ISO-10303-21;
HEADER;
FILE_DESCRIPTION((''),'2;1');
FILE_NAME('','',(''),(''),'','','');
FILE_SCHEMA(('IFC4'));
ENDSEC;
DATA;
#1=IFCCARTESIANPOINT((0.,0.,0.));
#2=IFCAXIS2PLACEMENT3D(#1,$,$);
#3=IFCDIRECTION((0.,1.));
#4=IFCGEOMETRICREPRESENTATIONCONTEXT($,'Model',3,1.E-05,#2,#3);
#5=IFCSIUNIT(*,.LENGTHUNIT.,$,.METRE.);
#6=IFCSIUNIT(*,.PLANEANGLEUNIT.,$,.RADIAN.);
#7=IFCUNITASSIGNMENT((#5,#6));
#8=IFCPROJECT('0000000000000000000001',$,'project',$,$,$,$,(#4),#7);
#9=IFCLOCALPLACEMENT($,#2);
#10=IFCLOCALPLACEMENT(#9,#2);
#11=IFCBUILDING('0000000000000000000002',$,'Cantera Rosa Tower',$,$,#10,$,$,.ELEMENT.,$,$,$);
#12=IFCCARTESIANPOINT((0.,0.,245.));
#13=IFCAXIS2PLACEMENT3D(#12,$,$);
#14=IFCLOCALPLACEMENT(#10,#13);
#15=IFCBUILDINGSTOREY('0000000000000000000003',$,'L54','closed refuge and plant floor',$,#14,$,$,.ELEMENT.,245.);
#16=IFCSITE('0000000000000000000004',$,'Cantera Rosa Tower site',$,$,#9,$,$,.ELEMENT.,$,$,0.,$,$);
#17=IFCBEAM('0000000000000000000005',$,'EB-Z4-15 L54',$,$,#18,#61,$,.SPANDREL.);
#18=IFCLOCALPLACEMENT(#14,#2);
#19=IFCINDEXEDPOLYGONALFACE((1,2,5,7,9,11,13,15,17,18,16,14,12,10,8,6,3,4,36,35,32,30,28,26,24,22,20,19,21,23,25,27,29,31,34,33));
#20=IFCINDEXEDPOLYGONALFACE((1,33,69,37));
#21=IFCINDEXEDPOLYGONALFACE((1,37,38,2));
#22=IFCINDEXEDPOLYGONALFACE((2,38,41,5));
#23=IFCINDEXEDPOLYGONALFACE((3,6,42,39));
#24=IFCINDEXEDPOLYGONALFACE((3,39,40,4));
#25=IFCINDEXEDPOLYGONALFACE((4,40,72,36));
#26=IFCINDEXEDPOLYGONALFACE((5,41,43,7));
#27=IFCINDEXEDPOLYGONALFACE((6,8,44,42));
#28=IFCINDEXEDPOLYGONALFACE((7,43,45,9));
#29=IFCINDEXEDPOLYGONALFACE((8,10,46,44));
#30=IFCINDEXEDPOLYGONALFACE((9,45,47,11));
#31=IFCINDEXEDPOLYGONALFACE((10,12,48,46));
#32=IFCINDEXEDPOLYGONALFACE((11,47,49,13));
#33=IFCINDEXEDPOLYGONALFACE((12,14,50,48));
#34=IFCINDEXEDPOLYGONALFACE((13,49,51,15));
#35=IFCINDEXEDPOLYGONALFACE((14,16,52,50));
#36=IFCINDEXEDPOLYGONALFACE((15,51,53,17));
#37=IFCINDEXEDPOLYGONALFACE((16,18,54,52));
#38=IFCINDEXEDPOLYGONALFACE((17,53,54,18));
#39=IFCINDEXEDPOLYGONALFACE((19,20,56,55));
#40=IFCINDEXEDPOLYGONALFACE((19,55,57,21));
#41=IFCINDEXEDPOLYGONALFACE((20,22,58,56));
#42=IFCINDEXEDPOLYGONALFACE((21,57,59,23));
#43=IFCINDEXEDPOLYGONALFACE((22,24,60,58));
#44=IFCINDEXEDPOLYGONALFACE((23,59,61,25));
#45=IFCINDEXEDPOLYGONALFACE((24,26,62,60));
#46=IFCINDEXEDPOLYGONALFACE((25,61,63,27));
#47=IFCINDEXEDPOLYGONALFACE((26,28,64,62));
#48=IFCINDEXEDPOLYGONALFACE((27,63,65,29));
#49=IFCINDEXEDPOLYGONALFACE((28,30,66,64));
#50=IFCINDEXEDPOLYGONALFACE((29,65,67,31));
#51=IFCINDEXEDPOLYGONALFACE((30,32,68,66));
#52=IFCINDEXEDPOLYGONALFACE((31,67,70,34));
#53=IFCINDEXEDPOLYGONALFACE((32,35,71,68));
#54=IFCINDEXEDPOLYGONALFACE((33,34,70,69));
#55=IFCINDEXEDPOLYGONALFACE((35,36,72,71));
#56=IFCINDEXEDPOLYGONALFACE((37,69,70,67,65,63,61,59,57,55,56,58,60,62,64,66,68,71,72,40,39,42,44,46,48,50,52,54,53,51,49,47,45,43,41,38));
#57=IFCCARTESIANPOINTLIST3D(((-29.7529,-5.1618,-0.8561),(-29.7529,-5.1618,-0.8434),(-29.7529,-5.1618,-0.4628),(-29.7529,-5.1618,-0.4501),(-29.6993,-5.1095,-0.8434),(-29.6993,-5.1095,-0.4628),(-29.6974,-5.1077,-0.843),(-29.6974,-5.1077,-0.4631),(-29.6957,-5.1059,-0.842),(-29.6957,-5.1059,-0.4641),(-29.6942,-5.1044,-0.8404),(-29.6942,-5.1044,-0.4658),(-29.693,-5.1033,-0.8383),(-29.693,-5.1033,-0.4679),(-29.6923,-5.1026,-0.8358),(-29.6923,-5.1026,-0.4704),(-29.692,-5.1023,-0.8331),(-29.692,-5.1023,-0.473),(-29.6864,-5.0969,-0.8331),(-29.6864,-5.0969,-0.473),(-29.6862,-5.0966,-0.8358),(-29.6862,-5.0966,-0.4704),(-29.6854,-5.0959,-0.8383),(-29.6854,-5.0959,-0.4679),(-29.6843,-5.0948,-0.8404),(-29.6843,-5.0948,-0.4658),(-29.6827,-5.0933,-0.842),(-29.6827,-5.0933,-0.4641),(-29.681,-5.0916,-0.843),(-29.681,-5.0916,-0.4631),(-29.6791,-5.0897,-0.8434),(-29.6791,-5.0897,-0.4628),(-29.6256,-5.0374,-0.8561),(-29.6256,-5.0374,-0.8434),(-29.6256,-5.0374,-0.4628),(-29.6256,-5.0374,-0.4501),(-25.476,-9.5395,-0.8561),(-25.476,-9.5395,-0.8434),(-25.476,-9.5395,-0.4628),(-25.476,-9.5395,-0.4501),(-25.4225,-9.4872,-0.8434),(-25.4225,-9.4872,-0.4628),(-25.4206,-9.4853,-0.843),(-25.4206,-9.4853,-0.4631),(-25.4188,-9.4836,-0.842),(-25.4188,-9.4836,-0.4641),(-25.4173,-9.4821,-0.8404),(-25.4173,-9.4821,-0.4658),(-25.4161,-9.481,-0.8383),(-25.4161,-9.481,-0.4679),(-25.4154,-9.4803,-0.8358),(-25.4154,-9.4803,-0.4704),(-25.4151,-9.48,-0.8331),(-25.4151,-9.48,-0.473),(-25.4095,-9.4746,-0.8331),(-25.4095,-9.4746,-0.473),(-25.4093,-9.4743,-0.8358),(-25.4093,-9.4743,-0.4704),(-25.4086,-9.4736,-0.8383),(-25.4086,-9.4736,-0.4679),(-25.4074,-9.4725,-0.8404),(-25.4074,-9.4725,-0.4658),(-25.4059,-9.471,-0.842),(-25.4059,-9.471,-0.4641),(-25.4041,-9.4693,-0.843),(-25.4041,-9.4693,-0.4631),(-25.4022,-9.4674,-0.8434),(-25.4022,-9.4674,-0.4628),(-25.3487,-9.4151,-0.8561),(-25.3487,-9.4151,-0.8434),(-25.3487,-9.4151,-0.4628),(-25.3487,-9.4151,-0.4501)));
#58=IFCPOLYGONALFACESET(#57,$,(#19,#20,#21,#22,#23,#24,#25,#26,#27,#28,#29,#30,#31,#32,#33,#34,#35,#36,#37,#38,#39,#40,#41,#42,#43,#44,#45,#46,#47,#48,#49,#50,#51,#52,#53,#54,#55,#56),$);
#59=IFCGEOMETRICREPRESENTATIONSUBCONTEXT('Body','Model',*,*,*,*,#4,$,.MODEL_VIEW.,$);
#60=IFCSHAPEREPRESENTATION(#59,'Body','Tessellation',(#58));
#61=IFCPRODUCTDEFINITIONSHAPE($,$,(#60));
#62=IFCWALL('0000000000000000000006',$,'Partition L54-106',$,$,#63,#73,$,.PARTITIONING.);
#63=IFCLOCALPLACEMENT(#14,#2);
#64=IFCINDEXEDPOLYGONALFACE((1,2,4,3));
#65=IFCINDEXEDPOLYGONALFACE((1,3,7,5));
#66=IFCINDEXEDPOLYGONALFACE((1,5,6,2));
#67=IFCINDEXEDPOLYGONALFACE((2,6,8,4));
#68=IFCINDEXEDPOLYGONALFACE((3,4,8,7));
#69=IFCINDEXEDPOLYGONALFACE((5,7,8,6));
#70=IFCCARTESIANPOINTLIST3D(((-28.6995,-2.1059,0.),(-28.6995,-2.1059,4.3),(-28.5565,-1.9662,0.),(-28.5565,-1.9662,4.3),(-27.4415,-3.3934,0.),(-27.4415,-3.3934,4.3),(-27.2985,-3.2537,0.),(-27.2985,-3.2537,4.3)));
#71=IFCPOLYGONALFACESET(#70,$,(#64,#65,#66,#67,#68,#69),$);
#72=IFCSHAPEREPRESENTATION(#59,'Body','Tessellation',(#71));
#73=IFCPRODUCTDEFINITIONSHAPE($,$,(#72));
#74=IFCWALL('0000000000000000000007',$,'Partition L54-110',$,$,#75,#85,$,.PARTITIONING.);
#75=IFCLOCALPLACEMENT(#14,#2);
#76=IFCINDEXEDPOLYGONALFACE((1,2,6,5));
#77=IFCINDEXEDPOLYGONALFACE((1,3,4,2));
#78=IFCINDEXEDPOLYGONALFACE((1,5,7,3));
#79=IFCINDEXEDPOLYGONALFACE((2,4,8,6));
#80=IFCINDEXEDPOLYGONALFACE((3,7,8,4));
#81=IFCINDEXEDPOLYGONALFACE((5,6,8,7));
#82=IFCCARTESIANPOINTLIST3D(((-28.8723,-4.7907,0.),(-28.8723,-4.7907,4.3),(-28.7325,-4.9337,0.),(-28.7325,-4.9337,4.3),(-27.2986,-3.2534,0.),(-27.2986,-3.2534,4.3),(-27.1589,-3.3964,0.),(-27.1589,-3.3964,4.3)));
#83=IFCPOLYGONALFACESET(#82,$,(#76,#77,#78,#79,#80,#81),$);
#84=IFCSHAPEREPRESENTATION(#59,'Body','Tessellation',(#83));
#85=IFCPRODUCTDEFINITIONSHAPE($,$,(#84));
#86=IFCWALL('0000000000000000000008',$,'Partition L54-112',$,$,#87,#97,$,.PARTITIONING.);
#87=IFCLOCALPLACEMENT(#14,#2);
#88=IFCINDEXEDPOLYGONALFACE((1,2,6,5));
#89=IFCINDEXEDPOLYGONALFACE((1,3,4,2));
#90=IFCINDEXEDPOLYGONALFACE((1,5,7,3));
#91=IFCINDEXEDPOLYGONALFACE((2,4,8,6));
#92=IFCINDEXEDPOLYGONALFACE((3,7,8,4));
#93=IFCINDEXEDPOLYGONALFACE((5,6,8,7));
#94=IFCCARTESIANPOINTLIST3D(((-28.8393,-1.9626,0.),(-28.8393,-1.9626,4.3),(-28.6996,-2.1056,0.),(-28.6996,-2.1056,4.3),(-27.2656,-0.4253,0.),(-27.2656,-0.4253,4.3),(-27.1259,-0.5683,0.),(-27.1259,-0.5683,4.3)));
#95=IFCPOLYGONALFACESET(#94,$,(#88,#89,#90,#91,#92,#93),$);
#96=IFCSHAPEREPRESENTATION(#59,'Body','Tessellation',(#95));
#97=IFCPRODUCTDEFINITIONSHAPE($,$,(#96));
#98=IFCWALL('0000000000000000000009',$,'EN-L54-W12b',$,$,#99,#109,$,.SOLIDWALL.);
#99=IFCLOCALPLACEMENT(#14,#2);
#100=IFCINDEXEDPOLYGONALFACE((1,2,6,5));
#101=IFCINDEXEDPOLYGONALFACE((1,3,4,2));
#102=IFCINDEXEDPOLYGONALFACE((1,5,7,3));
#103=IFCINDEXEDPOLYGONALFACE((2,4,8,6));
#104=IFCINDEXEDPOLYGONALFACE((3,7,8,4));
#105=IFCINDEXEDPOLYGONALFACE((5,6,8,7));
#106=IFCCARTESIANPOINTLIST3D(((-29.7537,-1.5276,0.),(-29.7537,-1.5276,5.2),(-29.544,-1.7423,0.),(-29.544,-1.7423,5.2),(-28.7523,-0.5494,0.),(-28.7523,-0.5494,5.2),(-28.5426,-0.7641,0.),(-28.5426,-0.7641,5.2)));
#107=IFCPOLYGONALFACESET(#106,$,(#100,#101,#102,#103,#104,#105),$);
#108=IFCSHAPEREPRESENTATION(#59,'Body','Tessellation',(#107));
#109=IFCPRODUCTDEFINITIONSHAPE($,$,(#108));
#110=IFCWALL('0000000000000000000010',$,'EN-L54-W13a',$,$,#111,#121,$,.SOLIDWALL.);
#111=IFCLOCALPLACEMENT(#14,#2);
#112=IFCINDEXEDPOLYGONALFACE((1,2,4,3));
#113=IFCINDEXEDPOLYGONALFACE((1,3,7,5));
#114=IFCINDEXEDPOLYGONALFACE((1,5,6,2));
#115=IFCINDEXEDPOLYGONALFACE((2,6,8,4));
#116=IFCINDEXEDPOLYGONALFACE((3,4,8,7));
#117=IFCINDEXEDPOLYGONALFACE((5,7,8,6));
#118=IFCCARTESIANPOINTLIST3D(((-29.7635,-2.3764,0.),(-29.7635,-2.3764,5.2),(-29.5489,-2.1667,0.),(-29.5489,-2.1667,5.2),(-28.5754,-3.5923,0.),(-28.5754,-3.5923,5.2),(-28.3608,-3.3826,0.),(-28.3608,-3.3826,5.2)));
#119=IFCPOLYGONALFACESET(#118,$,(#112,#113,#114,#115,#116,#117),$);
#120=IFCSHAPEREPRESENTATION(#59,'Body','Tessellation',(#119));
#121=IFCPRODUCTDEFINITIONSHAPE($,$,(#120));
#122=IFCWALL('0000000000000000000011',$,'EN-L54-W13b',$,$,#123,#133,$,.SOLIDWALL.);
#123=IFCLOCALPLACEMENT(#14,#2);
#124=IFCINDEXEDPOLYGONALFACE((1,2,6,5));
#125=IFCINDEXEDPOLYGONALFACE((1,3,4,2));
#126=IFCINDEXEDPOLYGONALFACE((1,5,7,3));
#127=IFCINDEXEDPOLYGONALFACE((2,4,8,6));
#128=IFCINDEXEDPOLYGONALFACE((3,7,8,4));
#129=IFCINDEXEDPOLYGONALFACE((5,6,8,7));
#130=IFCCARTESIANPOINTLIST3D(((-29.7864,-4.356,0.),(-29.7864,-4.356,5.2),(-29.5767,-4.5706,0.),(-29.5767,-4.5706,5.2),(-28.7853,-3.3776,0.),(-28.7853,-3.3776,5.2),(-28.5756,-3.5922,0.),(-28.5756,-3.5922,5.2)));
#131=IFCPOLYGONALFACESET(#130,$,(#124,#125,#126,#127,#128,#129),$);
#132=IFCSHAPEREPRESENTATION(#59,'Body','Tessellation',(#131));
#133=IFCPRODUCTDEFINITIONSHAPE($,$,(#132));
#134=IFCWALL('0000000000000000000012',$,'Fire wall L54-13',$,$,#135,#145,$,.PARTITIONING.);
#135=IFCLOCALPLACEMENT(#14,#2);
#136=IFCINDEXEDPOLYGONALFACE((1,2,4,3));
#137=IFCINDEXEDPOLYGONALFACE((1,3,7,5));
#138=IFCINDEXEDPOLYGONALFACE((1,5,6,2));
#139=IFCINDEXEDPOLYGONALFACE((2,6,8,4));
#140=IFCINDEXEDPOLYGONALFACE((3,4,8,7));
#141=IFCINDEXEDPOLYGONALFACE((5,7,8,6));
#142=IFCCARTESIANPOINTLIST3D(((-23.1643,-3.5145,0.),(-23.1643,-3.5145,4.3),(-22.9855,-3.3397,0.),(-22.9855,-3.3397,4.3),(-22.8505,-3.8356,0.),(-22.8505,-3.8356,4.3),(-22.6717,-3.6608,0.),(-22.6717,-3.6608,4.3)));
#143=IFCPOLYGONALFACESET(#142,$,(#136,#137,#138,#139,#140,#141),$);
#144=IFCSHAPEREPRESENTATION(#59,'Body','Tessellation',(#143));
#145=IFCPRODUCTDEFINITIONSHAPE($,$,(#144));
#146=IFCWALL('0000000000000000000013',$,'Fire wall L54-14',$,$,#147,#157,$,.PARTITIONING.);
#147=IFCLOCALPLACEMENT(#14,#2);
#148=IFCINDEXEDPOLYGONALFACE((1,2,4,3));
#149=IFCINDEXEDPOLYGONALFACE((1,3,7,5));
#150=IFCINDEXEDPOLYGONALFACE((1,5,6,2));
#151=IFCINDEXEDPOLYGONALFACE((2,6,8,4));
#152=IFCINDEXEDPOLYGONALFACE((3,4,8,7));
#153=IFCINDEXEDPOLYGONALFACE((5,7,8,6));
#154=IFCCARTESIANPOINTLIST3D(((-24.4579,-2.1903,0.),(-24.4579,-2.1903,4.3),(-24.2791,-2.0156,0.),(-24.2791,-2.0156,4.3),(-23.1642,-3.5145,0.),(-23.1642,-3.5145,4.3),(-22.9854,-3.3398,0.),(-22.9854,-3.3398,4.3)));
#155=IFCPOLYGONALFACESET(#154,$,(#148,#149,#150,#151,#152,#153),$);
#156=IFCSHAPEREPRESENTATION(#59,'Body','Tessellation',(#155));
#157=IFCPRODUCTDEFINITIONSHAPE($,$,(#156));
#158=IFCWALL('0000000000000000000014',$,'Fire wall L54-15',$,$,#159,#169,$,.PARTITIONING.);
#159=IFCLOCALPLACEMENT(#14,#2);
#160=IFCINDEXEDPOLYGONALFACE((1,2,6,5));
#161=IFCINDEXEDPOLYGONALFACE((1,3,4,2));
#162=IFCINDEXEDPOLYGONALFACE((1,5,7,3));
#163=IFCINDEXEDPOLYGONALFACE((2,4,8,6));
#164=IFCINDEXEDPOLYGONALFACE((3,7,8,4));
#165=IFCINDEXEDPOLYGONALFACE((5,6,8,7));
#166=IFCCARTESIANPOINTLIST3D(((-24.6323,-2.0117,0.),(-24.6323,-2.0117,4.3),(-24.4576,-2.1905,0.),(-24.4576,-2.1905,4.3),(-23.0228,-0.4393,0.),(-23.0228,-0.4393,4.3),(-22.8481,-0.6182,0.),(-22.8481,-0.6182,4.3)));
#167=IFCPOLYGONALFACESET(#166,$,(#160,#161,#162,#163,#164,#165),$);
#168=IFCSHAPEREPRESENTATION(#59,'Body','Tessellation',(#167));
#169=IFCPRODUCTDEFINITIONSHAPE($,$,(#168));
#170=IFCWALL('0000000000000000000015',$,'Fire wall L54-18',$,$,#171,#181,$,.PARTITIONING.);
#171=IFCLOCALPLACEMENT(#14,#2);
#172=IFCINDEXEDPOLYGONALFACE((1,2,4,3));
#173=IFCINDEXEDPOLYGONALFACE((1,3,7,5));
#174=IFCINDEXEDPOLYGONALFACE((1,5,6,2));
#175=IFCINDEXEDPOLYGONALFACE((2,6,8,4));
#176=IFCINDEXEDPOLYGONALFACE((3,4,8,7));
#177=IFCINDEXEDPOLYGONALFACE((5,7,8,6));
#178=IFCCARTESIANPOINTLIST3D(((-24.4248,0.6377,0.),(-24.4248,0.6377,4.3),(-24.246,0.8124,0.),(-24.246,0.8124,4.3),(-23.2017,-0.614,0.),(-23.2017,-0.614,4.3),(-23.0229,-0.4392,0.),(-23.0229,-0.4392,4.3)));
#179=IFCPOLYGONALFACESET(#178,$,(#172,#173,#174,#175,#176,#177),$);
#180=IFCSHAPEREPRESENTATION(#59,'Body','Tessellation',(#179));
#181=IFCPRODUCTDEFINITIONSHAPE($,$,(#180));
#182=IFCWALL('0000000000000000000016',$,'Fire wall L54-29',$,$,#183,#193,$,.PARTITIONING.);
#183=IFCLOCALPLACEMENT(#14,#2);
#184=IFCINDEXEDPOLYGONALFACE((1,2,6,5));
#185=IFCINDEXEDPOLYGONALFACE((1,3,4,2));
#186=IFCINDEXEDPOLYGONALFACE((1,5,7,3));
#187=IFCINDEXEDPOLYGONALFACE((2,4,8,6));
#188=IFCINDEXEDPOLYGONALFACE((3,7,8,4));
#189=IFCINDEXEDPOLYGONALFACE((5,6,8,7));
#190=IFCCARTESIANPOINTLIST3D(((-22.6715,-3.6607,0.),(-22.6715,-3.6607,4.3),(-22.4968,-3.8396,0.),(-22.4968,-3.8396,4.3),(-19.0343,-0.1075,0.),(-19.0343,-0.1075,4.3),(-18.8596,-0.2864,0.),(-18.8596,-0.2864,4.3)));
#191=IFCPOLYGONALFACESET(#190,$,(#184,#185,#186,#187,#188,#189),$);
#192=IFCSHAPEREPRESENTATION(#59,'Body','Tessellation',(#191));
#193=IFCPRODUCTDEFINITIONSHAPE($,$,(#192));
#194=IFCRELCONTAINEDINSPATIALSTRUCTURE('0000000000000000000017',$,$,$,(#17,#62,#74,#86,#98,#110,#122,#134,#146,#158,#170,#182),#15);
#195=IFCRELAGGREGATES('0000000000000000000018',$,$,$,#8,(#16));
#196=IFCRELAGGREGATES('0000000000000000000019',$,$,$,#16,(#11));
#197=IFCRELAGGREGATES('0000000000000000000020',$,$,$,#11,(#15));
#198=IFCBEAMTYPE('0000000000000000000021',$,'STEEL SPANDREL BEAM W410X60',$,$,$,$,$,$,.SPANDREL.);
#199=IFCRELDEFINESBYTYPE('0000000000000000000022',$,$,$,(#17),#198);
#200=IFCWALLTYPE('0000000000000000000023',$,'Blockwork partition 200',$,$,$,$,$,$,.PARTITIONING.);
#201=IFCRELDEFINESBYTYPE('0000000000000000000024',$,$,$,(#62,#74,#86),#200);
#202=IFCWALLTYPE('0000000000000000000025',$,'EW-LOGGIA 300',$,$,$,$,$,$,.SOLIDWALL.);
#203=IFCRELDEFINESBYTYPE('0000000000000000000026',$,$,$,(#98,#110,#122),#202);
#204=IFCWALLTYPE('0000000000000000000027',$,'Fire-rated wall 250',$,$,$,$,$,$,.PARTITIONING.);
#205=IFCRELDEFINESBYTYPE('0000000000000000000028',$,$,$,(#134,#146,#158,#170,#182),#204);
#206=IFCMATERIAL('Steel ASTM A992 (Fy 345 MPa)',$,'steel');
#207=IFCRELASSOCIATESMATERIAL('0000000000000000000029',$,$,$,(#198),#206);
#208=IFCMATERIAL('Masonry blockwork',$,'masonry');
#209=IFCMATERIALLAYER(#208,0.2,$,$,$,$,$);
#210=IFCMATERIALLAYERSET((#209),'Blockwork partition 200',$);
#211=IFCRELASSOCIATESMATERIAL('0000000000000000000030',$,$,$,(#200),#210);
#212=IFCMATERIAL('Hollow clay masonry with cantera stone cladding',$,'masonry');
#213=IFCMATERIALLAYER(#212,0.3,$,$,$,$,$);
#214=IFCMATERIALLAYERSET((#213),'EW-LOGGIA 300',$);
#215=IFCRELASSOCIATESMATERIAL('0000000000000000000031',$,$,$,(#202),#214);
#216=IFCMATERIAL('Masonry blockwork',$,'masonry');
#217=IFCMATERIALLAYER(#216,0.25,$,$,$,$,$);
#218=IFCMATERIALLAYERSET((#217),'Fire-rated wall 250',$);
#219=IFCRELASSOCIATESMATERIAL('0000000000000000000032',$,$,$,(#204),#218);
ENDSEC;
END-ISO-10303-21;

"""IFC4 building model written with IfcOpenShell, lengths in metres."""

from ifc_helpers import new_model, si_unit, direction, frame, frame_2d, origin, origin_2d, place, context, subcontext, project, spatial, rectangle, i_section, extrude, material, layer, layer_set, material_profile, profile_set, type_object, element, save


model = new_model("IFC4")

# Units and contexts
model_context = context("Model", 3, precision=1e-05, world=origin(), true_north=direction((0.0, 1.0)))
body_context = subcontext(model_context, "Body", "Model", "MODEL_VIEW")
ifc_project = project(units=[si_unit("LENGTHUNIT", "METRE"), si_unit("PLANEANGLEUNIT", "RADIAN")], contexts=[model_context])

# Site, building, storey
site_placement = place(None, origin())
site = spatial("IfcSite", under=ifc_project, at=site_placement, Name="Cantera Rosa Tower site", CompositionType="ELEMENT", RefElevation=0.0)
building_placement = place(site_placement, origin())
building = spatial("IfcBuilding", under=site, at=building_placement, Name="Cantera Rosa Tower", CompositionType="ELEMENT")
storey_placement = place(building_placement, frame((0.0, 0.0, 245.0)))
storey = spatial("IfcBuildingStorey", under=building, at=storey_placement, Name="L54", Description="closed refuge and plant floor", CompositionType="ELEMENT", Elevation=245.0)

# Beam
ifc_material_1 = material(Name="Steel ASTM A992 (Fy 345 MPa)", Category="steel")
ifc_material_profile_1 = material_profile(ifc_material_1, i_section(OverallWidth=0.178, OverallDepth=0.406, WebThickness=0.0078, FlangeThickness=0.0127, FilletRadius=0.0103, at=origin_2d()), Name="W410X60")
ifc_profile_set_1 = profile_set([ifc_material_profile_1], Name="Steel ASTM A992 (Fy 345 MPa)")
beam_type_1 = type_object("IfcBeamType", Name="STEEL SPANDREL BEAM W410X60", PredefinedType="SPANDREL", material=ifc_profile_set_1)
beam_1_placement = place(storey_placement, frame((-29.6892, -5.0996, -0.6531), z_axis=(0.698821, -0.715296, 0.0), x_axis=(0.715296, 0.698821, 0.0)))
element("IfcBeam", 1, at=beam_1_placement, inside=storey, type_object=beam_type_1, Name="EB-Z4-15 L54", PredefinedType="SPANDREL", context=body_context, shape_type="SweptSolid", body=[
    extrude(i_section(OverallWidth=0.178, OverallDepth=0.406, WebThickness=0.0078, FlangeThickness=0.0127, FilletRadius=0.0103, at=origin_2d()), origin(), (0.0, 0.0, 1.0), 6.1201),
])

# Walls
ifc_material_2 = material(Name="Masonry blockwork", Category="masonry")
ifc_layer_1 = layer(ifc_material_2, 0.2)
ifc_layer_set_1 = layer_set([ifc_layer_1], Name="Blockwork partition 200")
wall_type_1 = type_object("IfcWallType", Name="Blockwork partition 200", PredefinedType="PARTITIONING", material=ifc_layer_set_1)
wall_1_placement = place(storey_placement, frame((-27.3701, -3.3235, 0.0), z_axis=(0.0, 0.0, 1.0), x_axis=(-0.698854, 0.715264, 0.0)))
element("IfcWall", 2, at=wall_1_placement, inside=storey, type_object=wall_type_1, Name="Partition L54-106", PredefinedType="PARTITIONING", context=body_context, shape_type="SweptSolid", body=[
    extrude(rectangle(XDim=1.8, YDim=0.2, at=frame_2d((0.8999, 0.0))), origin(), (0.0, 0.0, 1.0), 4.3),
])
for number, where, z_axis, x_axis, name in (
    (3, (-28.8025, -4.8623, 0.0), (0.0, 0.0, 1.0), (0.715326, 0.698791, 0.0), "Partition L54-110"),
    (4, (-28.7695, -2.0342, 0.0), (0.0, 0.0, 1.0), (0.715326, 0.698791, 0.0), "Partition L54-112"),
):
    element("IfcWall", number, at=place(storey_placement, frame(where, z_axis=z_axis, x_axis=x_axis)), inside=storey, type_object=wall_type_1, Name=name, PredefinedType="PARTITIONING", context=body_context, shape_type="SweptSolid", body=[
        extrude(rectangle(XDim=2.2, YDim=0.2, at=frame_2d((1.1001, 0.0))), origin(), (0.0, 0.0, 1.0), 4.3),
    ])
ifc_material_3 = material(Name="Hollow clay masonry with cantera stone cladding", Category="masonry")
ifc_layer_2 = layer(ifc_material_3, 0.3)
ifc_layer_set_2 = layer_set([ifc_layer_2], Name="EW-LOGGIA 300")
wall_type_2 = type_object("IfcWallType", Name="EW-LOGGIA 300", PredefinedType="SOLIDWALL", material=ifc_layer_set_2)
wall_2_placement = place(storey_placement, frame((-28.6475, -0.6567, 0.0), z_axis=(0.0, 0.0, 1.0), x_axis=(-0.715342, -0.698775, 0.0)))
element("IfcWall", 5, at=wall_2_placement, inside=storey, type_object=wall_type_2, Name="EN-L54-W12b", PredefinedType="SOLIDWALL", context=body_context, shape_type="SweptSolid", body=[
    extrude(rectangle(XDim=1.3999, YDim=0.3, at=frame_2d((0.7, 0.0))), origin(), (0.0, 0.0, 1.0), 5.2),
])
wall_3_placement = place(storey_placement, frame((-29.6562, -2.2715, 0.0), z_axis=(0.0, 0.0, 1.0), x_axis=(0.698873, -0.715246, 0.0)))
element("IfcWall", 6, at=wall_3_placement, inside=storey, type_object=wall_type_2, Name="EN-L54-W13a", PredefinedType="SOLIDWALL", context=body_context, shape_type="SweptSolid", body=[
    extrude(rectangle(XDim=1.7, YDim=0.3, at=frame_2d((0.8501, 0.0))), origin(), (0.0, 0.0, 1.0), 5.2),
])
wall_4_placement = place(storey_placement, frame((-28.6804, -3.4849, 0.0), z_axis=(0.0, 0.0, 1.0), x_axis=(-0.715169, -0.698951, 0.0)))
element("IfcWall", 7, at=wall_4_placement, inside=storey, type_object=wall_type_2, Name="EN-L54-W13b", PredefinedType="SOLIDWALL", context=body_context, shape_type="SweptSolid", body=[
    extrude(rectangle(XDim=1.3999, YDim=0.3, at=frame_2d((0.7, 0.0))), origin(), (0.0, 0.0, 1.0), 5.2),
])
ifc_material_4 = material(Name="Masonry blockwork", Category="masonry")
ifc_layer_3 = layer(ifc_material_4, 0.25)
ifc_layer_set_3 = layer_set([ifc_layer_3], Name="Fire-rated wall 250")
wall_type_3 = type_object("IfcWallType", Name="Fire-rated wall 250", PredefinedType="PARTITIONING", material=ifc_layer_set_3)
wall_5_placement = place(storey_placement, frame((-22.761, -3.7483, 0.0), z_axis=(0.0, 0.0, 1.0), x_axis=(-0.698901, 0.715218, 0.0)))
element("IfcWall", 8, at=wall_5_placement, inside=storey, type_object=wall_type_3, Name="Fire wall L54-13", PredefinedType="PARTITIONING", context=body_context, shape_type="SweptSolid", body=[
    extrude(rectangle(XDim=0.449, YDim=0.25, at=frame_2d((0.2246, 0.0))), origin(), (0.0, 0.0, 1.0), 4.3),
])
wall_6_placement = place(storey_placement, frame((-23.0747, -3.4272, 0.0), z_axis=(0.0, 0.0, 1.0), x_axis=(-0.698816, 0.715301, 0.0)))
element("IfcWall", 9, at=wall_6_placement, inside=storey, type_object=wall_type_3, Name="Fire wall L54-14", PredefinedType="PARTITIONING", context=body_context, shape_type="SweptSolid", body=[
    extrude(rectangle(XDim=1.8513, YDim=0.25, at=frame_2d((0.9258, 0.0))), origin(), (0.0, 0.0, 1.0), 4.3),
])
wall_7_placement = place(storey_placement, frame((-24.5449, -2.1011, 0.0), z_axis=(0.0, 0.0, 1.0), x_axis=(0.715306, 0.698812, 0.0)))
element("IfcWall", 10, at=wall_7_placement, inside=storey, type_object=wall_type_3, Name="Fire wall L54-15", PredefinedType="PARTITIONING", context=body_context, shape_type="SweptSolid", body=[
    extrude(rectangle(XDim=2.25, YDim=0.25, at=frame_2d((1.125, 0.0))), origin(), (0.0, 0.0, 1.0), 4.3),
])
wall_8_placement = place(storey_placement, frame((-23.1123, -0.5266, 0.0), z_axis=(0.0, 0.0, 1.0), x_axis=(-0.698899, 0.71522, 0.0)))
element("IfcWall", 11, at=wall_8_placement, inside=storey, type_object=wall_type_3, Name="Fire wall L54-18", PredefinedType="PARTITIONING", context=body_context, shape_type="SweptSolid", body=[
    extrude(rectangle(XDim=1.75, YDim=0.25, at=frame_2d((0.875, 0.0))), origin(), (0.0, 0.0, 1.0), 4.3),
])
wall_9_placement = place(storey_placement, frame((-22.5842, -3.7502, 0.0), z_axis=(0.0, 0.0, 1.0), x_axis=(0.715317, 0.6988, 0.0)))
element("IfcWall", 12, at=wall_9_placement, inside=storey, type_object=wall_type_3, Name="Fire wall L54-29", PredefinedType="PARTITIONING", context=body_context, shape_type="SweptSolid", body=[
    extrude(rectangle(XDim=5.0847, YDim=0.25, at=frame_2d((2.5425, 0.0))), origin(), (0.0, 0.0, 1.0), 4.3),
])

save(model, "model.ifc")
